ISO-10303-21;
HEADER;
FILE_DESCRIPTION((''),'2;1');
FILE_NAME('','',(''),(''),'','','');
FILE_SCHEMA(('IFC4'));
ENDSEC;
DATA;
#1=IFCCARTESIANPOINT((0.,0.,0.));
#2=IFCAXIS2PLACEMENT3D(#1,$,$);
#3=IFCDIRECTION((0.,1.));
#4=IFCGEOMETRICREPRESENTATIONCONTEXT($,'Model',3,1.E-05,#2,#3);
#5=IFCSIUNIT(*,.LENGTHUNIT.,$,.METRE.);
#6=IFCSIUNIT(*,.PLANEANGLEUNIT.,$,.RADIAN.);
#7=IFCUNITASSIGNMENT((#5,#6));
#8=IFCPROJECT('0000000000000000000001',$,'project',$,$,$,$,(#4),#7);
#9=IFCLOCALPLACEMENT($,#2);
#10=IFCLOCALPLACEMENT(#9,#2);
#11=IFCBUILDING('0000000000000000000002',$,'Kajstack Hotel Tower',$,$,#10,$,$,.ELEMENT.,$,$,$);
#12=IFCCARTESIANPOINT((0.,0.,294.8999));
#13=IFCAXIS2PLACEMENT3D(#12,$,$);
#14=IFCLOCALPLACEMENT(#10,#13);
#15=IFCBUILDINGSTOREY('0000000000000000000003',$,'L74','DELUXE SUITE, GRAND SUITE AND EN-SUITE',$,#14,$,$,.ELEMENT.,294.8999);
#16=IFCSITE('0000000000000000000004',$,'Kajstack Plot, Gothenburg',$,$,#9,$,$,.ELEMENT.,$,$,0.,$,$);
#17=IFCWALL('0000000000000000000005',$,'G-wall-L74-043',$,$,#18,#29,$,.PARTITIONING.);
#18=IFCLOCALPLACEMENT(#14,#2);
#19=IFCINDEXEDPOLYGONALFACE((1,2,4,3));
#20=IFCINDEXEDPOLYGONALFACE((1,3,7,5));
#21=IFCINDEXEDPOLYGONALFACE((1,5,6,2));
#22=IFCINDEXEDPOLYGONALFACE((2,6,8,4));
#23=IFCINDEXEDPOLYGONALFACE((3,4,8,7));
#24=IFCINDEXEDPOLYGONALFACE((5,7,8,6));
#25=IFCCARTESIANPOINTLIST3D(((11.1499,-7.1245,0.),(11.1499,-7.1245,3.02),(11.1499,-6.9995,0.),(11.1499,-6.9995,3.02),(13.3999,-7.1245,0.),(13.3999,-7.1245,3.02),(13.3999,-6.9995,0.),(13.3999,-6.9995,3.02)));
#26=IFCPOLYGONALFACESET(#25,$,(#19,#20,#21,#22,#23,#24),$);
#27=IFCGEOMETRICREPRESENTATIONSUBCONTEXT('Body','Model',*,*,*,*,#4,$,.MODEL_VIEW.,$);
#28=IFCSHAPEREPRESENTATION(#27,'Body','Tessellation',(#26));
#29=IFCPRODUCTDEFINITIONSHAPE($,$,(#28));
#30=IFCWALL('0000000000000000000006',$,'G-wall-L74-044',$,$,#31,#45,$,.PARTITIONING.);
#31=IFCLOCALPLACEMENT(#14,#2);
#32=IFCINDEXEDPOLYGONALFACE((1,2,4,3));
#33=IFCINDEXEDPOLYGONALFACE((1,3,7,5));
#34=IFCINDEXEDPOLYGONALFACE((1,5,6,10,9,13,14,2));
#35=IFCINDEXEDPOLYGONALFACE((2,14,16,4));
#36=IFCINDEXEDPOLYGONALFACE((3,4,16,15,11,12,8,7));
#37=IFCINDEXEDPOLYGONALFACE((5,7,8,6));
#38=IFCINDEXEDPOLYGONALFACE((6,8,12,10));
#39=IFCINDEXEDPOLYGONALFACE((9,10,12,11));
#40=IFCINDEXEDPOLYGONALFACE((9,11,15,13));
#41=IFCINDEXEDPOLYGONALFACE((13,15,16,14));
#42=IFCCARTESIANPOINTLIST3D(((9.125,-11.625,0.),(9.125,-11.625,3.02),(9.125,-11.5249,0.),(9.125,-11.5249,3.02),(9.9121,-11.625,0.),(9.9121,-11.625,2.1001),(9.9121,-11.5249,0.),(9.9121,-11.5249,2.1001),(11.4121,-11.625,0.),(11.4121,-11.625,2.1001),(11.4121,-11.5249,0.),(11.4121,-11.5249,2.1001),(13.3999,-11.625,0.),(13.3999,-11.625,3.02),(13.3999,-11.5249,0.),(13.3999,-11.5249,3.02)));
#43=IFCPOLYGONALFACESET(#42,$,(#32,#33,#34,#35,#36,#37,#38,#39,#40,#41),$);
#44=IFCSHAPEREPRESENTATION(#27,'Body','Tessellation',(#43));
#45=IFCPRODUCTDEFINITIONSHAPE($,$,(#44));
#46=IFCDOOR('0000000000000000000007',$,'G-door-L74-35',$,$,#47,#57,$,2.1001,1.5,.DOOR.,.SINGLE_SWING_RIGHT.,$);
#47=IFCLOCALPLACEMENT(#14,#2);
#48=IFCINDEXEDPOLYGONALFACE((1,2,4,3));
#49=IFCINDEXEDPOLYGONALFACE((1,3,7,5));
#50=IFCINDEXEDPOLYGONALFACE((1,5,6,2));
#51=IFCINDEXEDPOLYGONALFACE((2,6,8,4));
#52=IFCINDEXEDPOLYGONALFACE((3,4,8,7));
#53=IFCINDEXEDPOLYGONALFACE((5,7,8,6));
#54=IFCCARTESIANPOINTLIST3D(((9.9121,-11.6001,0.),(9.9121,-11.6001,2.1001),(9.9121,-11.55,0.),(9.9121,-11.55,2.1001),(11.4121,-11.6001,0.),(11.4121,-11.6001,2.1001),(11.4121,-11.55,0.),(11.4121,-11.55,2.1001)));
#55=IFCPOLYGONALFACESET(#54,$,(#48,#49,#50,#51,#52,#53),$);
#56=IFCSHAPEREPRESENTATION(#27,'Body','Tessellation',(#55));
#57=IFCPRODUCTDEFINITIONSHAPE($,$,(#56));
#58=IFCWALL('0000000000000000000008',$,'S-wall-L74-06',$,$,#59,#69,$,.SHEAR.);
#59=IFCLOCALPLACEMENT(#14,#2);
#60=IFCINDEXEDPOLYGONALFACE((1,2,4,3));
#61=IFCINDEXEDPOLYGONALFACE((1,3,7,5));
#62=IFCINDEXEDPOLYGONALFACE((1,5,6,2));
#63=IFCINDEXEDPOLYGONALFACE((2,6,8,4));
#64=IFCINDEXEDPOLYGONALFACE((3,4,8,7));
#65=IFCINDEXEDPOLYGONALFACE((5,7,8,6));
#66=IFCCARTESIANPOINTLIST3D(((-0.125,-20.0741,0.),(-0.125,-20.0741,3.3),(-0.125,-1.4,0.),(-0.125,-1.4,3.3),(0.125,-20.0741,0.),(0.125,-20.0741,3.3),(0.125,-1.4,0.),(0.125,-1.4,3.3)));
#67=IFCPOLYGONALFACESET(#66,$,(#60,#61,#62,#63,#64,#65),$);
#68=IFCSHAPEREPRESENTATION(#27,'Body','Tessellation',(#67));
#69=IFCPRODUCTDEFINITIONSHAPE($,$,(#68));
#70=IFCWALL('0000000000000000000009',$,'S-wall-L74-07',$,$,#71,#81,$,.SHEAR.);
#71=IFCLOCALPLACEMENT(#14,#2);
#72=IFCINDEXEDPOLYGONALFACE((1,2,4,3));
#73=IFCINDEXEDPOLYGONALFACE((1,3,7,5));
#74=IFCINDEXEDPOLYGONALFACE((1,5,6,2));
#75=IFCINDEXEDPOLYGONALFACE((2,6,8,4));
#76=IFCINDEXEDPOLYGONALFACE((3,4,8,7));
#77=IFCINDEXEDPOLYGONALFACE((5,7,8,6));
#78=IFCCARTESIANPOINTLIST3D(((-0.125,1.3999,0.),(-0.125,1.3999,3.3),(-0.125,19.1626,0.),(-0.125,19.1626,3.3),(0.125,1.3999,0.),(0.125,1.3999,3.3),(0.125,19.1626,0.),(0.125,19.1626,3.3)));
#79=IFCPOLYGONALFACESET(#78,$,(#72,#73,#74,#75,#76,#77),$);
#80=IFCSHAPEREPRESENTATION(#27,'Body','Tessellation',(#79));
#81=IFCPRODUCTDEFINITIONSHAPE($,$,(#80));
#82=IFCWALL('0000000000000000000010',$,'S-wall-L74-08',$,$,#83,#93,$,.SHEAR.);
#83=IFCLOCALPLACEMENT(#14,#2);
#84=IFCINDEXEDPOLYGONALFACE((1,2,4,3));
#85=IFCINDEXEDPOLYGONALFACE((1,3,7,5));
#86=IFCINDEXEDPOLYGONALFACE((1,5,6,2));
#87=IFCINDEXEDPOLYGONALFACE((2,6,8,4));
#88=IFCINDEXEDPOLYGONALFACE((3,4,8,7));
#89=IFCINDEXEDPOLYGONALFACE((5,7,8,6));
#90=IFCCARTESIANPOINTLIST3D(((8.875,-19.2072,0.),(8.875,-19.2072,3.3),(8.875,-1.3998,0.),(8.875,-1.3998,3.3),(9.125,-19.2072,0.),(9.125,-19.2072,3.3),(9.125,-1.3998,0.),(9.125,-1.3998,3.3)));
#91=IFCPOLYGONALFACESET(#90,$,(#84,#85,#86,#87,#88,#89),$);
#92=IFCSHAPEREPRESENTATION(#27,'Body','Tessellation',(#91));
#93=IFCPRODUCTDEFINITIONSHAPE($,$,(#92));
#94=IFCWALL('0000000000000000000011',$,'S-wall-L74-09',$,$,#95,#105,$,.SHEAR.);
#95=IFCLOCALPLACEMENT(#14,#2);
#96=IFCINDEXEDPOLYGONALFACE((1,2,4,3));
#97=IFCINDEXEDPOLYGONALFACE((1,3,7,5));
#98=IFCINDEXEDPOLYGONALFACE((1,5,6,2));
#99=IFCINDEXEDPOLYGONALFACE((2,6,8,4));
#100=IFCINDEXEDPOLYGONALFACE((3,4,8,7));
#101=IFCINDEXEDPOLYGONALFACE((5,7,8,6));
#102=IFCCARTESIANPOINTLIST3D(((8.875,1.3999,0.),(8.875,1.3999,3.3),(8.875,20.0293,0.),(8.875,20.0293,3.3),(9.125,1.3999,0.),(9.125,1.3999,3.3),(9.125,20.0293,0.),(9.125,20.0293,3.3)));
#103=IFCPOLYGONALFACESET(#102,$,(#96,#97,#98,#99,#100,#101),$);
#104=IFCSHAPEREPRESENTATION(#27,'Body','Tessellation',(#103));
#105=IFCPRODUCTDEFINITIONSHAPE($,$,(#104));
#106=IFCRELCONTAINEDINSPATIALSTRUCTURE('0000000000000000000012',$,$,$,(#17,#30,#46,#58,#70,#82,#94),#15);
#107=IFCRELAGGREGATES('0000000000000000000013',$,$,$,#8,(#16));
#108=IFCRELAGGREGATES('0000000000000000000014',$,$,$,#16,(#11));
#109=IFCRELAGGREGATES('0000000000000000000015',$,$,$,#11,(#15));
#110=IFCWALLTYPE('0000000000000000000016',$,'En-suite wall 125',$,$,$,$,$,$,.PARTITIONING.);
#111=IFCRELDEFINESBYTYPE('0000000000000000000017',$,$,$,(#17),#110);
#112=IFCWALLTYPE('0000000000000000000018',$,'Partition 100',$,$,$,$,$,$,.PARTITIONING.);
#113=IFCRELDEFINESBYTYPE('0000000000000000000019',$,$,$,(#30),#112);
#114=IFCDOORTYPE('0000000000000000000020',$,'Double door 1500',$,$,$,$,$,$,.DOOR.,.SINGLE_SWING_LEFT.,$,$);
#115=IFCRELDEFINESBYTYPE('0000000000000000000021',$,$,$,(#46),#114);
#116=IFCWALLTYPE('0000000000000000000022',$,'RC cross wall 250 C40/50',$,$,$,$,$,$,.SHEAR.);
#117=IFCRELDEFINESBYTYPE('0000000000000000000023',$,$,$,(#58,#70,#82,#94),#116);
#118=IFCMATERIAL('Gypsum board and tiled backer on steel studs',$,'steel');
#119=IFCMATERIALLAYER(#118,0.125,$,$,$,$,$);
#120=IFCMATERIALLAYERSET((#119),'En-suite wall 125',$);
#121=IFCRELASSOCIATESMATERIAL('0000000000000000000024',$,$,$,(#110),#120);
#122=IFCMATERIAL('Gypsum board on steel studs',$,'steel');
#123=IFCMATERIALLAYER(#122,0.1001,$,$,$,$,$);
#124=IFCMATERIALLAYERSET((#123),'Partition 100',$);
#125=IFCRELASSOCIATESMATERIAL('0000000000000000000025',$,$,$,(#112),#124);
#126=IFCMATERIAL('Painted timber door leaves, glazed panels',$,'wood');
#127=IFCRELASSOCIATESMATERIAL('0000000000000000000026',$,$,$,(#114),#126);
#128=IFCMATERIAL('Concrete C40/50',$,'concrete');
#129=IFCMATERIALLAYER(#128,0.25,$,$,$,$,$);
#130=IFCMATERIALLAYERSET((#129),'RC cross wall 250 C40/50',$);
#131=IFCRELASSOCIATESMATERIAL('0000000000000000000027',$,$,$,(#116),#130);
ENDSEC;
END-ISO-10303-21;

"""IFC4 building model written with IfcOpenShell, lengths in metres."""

from ifc_helpers import new_model, si_unit, direction, frame, frame_2d, origin, place, context, subcontext, project, spatial, rectangle, extrude, material, layer, layer_set, type_object, element, fill, save


model = new_model("IFC4")

# Units and contexts
model_context = context("Model", 3, precision=1e-05, world=origin(), true_north=direction((0.0, 1.0)))
body_context = subcontext(model_context, "Body", "Model", "MODEL_VIEW")
ifc_project = project(units=[si_unit("LENGTHUNIT", "METRE"), si_unit("PLANEANGLEUNIT", "RADIAN")], contexts=[model_context])

# Site, building, storey
site_placement = place(None, origin())
site = spatial("IfcSite", under=ifc_project, at=site_placement, Name="Kajstack Plot, Gothenburg", CompositionType="ELEMENT", RefElevation=0.0)
building_placement = place(site_placement, origin())
building = spatial("IfcBuilding", under=site, at=building_placement, Name="Kajstack Hotel Tower", CompositionType="ELEMENT")
storey_placement = place(building_placement, frame((0.0, 0.0, 294.8999)))
storey = spatial("IfcBuildingStorey", under=building, at=storey_placement, Name="L74", Description="DELUXE SUITE, GRAND SUITE AND EN-SUITE", CompositionType="ELEMENT", Elevation=294.8999)

# Shared definitions
ifc_material_1 = material(Name="Concrete C40/50", Category="concrete")

# Shared definitions
ifc_material_2 = material(Name="Gypsum board and tiled backer on steel studs", Category="steel")
ifc_layer_1 = layer(ifc_material_2, 0.125)
ifc_layer_set_1 = layer_set([ifc_layer_1], Name="En-suite wall 125")
wall_type_1 = type_object("IfcWallType", Name="En-suite wall 125", PredefinedType="PARTITIONING", material=ifc_layer_set_1)

# Wall
wall_1_placement = place(storey_placement, frame((11.1499, -7.062, 0.0), z_axis=(0.0, 0.0, 1.0), x_axis=(1.0, 0.0, 0.0)))
element("IfcWall", 1, at=wall_1_placement, inside=storey, type_object=wall_type_1, Name="G-wall-L74-043", PredefinedType="PARTITIONING", context=body_context, shape_type="SweptSolid", body=[
    extrude(rectangle(XDim=2.25, YDim=0.125, at=frame_2d((1.125, 0.0))), origin(), (0.0, 0.0, 1.0), 3.02),
])

# Wall, opening, door
ifc_material_3 = material(Name="Gypsum board on steel studs", Category="steel")
ifc_layer_2 = layer(ifc_material_3, 0.1001)
ifc_layer_set_2 = layer_set([ifc_layer_2], Name="Partition 100")
wall_type_2 = type_object("IfcWallType", Name="Partition 100", PredefinedType="PARTITIONING", material=ifc_layer_set_2)
wall_2_placement = place(storey_placement, frame((9.125, -11.575, 0.0), z_axis=(0.0, 0.0, 1.0), x_axis=(1.0, 0.0, 0.0)))
wall_2 = element("IfcWall", 2, at=wall_2_placement, inside=storey, type_object=wall_type_2, Name="G-wall-L74-044", PredefinedType="PARTITIONING", context=body_context, shape_type="SweptSolid", body=[
    extrude(rectangle(XDim=4.2749, YDim=0.1001, at=frame_2d((2.1375, 0.0))), origin(), (0.0, 0.0, 1.0), 3.02),
])
opening_1_placement = place(wall_2_placement, frame((0.7871, 0.0, 0.0)))
opening_1 = element("IfcOpeningElement", 3, at=opening_1_placement, cuts=wall_2, PredefinedType="OPENING", context=body_context, shape_type="SweptSolid", body=[
    extrude(rectangle(XDim=1.5, YDim=2.1001, at=frame_2d((0.75, 1.05))), frame((0.0, 0.0601, 0.0), z_axis=(0.0, -1.0, 0.0), x_axis=(1.0, 0.0, 0.0)), (0.0, 0.0, 1.0), 0.1201),
])
ifc_material_4 = material(Name="Painted timber door leaves, glazed panels", Category="wood")
door_type_1 = type_object("IfcDoorType", Name="Double door 1500", OperationType="SINGLE_SWING_LEFT", PredefinedType="DOOR", material=ifc_material_4)
door_1_placement = place(opening_1_placement, origin())
door_1 = element("IfcDoor", 4, at=door_1_placement, inside=storey, type_object=door_type_1, Name="G-door-L74-35", OperationType="SINGLE_SWING_RIGHT", OverallHeight=2.1001, OverallWidth=1.5, PredefinedType="DOOR", context=body_context, shape_type="SweptSolid", body=[
    extrude(rectangle(XDim=1.5, YDim=2.1001, at=frame_2d((0.75, 1.05))), frame((0.0, 0.0249, 0.0), z_axis=(0.0, -1.0, 0.0), x_axis=(1.0, 0.0, 0.0)), (0.0, 0.0, 1.0), 0.05),
])
fill(opening_1, door_1)

# Walls
ifc_layer_3 = layer(ifc_material_1, 0.25)
ifc_layer_set_3 = layer_set([ifc_layer_3], Name="RC cross wall 250 C40/50")
wall_type_3 = type_object("IfcWallType", Name="RC cross wall 250 C40/50", PredefinedType="SHEAR", material=ifc_layer_set_3)
wall_3_placement = place(storey_placement, frame((0.0, -20.074, 0.0), z_axis=(0.0, 0.0, 1.0), x_axis=(0.0, 1.0, 0.0)))
element("IfcWall", 5, at=wall_3_placement, inside=storey, type_object=wall_type_3, Name="S-wall-L74-06", PredefinedType="SHEAR", context=body_context, shape_type="SweptSolid", body=[
    extrude(rectangle(XDim=18.6741, YDim=0.25, at=frame_2d((9.3369, 0.0))), origin(), (0.0, 0.0, 1.0), 3.3),
])
wall_4_placement = place(storey_placement, frame((0.0, 1.3999, 0.0), z_axis=(0.0, 0.0, 1.0), x_axis=(0.0, 1.0, 0.0)))
element("IfcWall", 6, at=wall_4_placement, inside=storey, type_object=wall_type_3, Name="S-wall-L74-07", PredefinedType="SHEAR", context=body_context, shape_type="SweptSolid", body=[
    extrude(rectangle(XDim=17.7627, YDim=0.25, at=frame_2d((8.8813, 0.0))), origin(), (0.0, 0.0, 1.0), 3.3),
])
wall_5_placement = place(storey_placement, frame((9.0, -19.2073, 0.0), z_axis=(0.0, 0.0, 1.0), x_axis=(0.0, 1.0, 0.0)))
element("IfcWall", 7, at=wall_5_placement, inside=storey, type_object=wall_type_3, Name="S-wall-L74-08", PredefinedType="SHEAR", context=body_context, shape_type="SweptSolid", body=[
    extrude(rectangle(XDim=17.8074, YDim=0.25, at=frame_2d((8.9038, 0.0))), origin(), (0.0, 0.0, 1.0), 3.3),
])
wall_6_placement = place(storey_placement, frame((9.0, 1.3999, 0.0), z_axis=(0.0, 0.0, 1.0), x_axis=(0.0, 1.0, 0.0)))
element("IfcWall", 8, at=wall_6_placement, inside=storey, type_object=wall_type_3, Name="S-wall-L74-09", PredefinedType="SHEAR", context=body_context, shape_type="SweptSolid", body=[
    extrude(rectangle(XDim=18.6294, YDim=0.25, at=frame_2d((9.3147, 0.0))), origin(), (0.0, 0.0, 1.0), 3.3),
])

save(model, "model.ifc")
